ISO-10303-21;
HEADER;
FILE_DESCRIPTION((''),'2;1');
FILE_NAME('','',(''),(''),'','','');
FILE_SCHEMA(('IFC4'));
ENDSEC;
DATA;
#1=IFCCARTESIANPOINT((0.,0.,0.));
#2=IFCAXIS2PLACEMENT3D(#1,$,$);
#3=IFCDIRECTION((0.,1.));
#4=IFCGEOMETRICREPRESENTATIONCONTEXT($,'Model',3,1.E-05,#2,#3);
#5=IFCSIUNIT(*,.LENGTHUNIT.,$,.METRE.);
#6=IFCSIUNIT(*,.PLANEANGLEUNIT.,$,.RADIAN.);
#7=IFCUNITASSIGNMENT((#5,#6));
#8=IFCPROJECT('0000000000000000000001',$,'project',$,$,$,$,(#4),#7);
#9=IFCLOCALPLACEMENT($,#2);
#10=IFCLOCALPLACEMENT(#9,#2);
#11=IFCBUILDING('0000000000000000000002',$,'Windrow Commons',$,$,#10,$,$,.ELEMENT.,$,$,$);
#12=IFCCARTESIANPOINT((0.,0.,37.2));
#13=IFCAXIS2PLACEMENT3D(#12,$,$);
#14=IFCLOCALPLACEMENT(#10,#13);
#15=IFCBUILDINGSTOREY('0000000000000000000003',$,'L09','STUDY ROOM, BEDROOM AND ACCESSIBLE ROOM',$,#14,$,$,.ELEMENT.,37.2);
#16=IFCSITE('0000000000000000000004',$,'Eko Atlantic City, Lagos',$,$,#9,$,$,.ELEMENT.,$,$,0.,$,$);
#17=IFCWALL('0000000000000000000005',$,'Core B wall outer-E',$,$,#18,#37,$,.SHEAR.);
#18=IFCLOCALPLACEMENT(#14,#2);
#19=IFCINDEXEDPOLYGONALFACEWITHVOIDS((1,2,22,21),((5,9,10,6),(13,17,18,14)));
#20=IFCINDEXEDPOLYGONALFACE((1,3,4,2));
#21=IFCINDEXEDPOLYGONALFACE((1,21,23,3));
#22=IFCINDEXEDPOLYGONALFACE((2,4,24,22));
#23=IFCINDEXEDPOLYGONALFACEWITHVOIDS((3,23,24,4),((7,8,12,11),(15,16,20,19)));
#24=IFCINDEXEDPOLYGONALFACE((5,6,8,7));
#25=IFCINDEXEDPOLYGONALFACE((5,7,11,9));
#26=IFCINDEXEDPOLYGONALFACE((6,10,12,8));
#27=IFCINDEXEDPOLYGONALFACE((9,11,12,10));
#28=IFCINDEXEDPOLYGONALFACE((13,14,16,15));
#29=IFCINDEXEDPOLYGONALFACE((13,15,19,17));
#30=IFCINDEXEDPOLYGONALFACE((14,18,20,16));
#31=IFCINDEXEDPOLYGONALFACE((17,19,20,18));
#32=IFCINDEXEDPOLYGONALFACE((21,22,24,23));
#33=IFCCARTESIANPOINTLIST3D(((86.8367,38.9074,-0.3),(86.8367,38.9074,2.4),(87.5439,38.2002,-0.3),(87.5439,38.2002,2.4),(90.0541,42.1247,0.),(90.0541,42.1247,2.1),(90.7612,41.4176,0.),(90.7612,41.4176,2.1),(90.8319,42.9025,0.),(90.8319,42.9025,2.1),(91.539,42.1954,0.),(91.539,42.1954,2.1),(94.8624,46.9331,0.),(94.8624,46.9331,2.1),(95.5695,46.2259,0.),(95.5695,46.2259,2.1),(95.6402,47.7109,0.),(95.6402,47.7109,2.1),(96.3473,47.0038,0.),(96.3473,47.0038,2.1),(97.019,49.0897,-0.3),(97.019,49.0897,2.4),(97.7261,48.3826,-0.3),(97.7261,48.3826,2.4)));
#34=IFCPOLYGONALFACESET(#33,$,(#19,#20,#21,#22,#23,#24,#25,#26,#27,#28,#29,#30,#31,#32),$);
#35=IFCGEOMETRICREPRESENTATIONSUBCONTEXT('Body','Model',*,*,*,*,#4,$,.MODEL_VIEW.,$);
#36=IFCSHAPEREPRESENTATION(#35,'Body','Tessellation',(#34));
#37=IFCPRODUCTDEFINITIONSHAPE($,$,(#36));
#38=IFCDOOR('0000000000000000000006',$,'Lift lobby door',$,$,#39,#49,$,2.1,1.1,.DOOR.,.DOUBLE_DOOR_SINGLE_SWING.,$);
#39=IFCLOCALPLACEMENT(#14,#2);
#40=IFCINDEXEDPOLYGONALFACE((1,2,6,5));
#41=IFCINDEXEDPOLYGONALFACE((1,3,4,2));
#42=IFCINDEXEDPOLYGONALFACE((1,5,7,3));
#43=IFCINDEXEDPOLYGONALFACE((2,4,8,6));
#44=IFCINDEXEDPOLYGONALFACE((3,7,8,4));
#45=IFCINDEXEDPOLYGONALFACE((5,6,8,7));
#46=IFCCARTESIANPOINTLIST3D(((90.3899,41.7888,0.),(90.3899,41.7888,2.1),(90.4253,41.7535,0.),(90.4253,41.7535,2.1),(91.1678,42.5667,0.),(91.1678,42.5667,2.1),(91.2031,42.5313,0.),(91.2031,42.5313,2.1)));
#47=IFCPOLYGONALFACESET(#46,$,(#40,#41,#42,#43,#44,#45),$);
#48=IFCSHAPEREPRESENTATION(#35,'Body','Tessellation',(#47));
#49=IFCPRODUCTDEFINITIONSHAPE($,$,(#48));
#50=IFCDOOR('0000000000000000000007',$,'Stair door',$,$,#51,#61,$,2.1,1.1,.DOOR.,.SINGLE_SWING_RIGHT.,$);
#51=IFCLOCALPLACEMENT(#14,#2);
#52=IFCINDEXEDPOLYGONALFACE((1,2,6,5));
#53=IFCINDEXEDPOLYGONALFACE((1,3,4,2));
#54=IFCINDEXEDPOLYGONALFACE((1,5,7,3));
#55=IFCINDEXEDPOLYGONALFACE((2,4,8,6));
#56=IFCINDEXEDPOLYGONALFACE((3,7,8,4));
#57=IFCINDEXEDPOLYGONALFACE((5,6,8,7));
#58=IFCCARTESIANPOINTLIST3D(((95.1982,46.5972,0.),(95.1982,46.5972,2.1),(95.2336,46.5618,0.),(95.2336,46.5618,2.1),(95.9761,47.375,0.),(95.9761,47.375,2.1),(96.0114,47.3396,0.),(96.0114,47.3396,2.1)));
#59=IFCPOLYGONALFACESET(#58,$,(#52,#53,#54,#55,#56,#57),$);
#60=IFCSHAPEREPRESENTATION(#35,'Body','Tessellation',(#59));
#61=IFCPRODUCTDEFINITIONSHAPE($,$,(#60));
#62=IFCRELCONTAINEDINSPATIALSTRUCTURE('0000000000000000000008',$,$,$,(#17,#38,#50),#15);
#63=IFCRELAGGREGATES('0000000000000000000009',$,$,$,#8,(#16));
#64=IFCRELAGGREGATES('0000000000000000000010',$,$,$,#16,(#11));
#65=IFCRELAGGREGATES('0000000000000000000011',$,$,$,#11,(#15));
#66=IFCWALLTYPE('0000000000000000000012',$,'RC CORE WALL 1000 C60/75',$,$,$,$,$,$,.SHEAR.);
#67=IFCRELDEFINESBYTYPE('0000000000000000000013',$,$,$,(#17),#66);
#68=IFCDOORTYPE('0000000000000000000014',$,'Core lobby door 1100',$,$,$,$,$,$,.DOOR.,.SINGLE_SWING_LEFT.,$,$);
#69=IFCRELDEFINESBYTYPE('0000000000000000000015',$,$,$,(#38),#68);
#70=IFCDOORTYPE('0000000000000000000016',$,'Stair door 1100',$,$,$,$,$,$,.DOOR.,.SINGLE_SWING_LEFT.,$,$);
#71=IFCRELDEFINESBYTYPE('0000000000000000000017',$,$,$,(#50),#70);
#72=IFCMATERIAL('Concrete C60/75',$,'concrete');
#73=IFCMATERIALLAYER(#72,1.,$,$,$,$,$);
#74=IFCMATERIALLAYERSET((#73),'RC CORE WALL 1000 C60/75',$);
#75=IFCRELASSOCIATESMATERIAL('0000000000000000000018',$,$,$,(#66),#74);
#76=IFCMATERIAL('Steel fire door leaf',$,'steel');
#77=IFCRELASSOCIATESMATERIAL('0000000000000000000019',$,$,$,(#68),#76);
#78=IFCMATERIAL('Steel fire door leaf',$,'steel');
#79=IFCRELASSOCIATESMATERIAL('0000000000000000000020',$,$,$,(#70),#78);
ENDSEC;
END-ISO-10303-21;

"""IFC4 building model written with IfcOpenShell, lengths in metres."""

from ifc_helpers import new_model, si_unit, direction, frame, frame_2d, origin, place, context, subcontext, project, spatial, rectangle, extrude, material, layer, layer_set, type_object, element, fill, save


model = new_model("IFC4")

# Units and contexts
model_context = context("Model", 3, precision=1e-05, world=origin(), true_north=direction((0.0, 1.0)))
body_context = subcontext(model_context, "Body", "Model", "MODEL_VIEW")
ifc_project = project(units=[si_unit("LENGTHUNIT", "METRE"), si_unit("PLANEANGLEUNIT", "RADIAN")], contexts=[model_context])

# Site, building, storey
site_placement = place(None, origin())
site = spatial("IfcSite", under=ifc_project, at=site_placement, Name="Eko Atlantic City, Lagos", CompositionType="ELEMENT", RefElevation=0.0)
building_placement = place(site_placement, origin())
building = spatial("IfcBuilding", under=site, at=building_placement, Name="Windrow Commons", CompositionType="ELEMENT")
storey_placement = place(building_placement, frame((0.0, 0.0, 37.2)))
storey = spatial("IfcBuildingStorey", under=building, at=storey_placement, Name="L09", Description="STUDY ROOM, BEDROOM AND ACCESSIBLE ROOM", CompositionType="ELEMENT", Elevation=37.2)

# Wall, openings, doors
ifc_material_1 = material(Name="Concrete C60/75", Category="concrete")
ifc_layer_1 = layer(ifc_material_1, 1.0)
ifc_layer_set_1 = layer_set([ifc_layer_1], Name="RC CORE WALL 1000 C60/75")
wall_type_1 = type_object("IfcWallType", Name="RC CORE WALL 1000 C60/75", PredefinedType="SHEAR", material=ifc_layer_set_1)
wall_1_placement = place(storey_placement, frame((87.1903, 38.5538, -0.3), z_axis=(0.0, 0.0, 1.0), x_axis=(0.707103, 0.70711, 0.0)))
wall_1 = element("IfcWall", 1, at=wall_1_placement, inside=storey, type_object=wall_type_1, Name="Core B wall outer-E", PredefinedType="SHEAR", context=body_context, shape_type="SweptSolid", body=[
    extrude(rectangle(XDim=14.4, YDim=1.0, at=frame_2d((7.2, 0.0))), origin(), (0.0, 0.0, 1.0), 2.7),
])
opening_1_placement = place(wall_1_placement, frame((4.55, 0.0, 0.3)))
opening_1 = element("IfcOpeningElement", 2, at=opening_1_placement, cuts=wall_1, PredefinedType="OPENING", context=body_context, shape_type="SweptSolid", body=[
    extrude(rectangle(XDim=1.1, YDim=2.1, at=frame_2d((0.55, 1.05))), frame((0.0, 0.51, 0.0), z_axis=(0.0, -1.0, 0.0), x_axis=(1.0, 0.0, 0.0)), (0.0, 0.0, 1.0), 1.02),
])
opening_2_placement = place(wall_1_placement, frame((11.35, 0.0, 0.3)))
opening_2 = element("IfcOpeningElement", 3, at=opening_2_placement, cuts=wall_1, PredefinedType="OPENING", context=body_context, shape_type="SweptSolid", body=[
    extrude(rectangle(XDim=1.1, YDim=2.1, at=frame_2d((0.55, 1.05))), frame((0.0, 0.51, 0.0), z_axis=(0.0, -1.0, 0.0), x_axis=(1.0, 0.0, 0.0)), (0.0, 0.0, 1.0), 1.02),
])
ifc_material_2 = material(Name="Steel fire door leaf", Category="steel")
door_type_1 = type_object("IfcDoorType", Name="Core lobby door 1100", OperationType="SINGLE_SWING_LEFT", PredefinedType="DOOR", material=ifc_material_2)
door_1_placement = place(opening_1_placement, origin())
door_1 = element("IfcDoor", 4, at=door_1_placement, inside=storey, type_object=door_type_1, Name="Lift lobby door", OperationType="DOUBLE_DOOR_SINGLE_SWING", OverallHeight=2.1, OverallWidth=1.1, PredefinedType="DOOR", context=body_context, shape_type="SweptSolid", body=[
    extrude(rectangle(XDim=1.1, YDim=2.1, at=frame_2d((0.55, 1.05))), frame((0.0, 0.025, 0.0), z_axis=(0.0, -1.0, 0.0), x_axis=(1.0, 0.0, 0.0)), (0.0, 0.0, 1.0), 0.05),
])
fill(opening_1, door_1)
ifc_material_3 = material(Name="Steel fire door leaf", Category="steel")
door_type_2 = type_object("IfcDoorType", Name="Stair door 1100", OperationType="SINGLE_SWING_LEFT", PredefinedType="DOOR", material=ifc_material_3)
door_2_placement = place(opening_2_placement, origin())
door_2 = element("IfcDoor", 5, at=door_2_placement, inside=storey, type_object=door_type_2, Name="Stair door", OperationType="SINGLE_SWING_RIGHT", OverallHeight=2.1, OverallWidth=1.1, PredefinedType="DOOR", context=body_context, shape_type="SweptSolid", body=[
    extrude(rectangle(XDim=1.1, YDim=2.1, at=frame_2d((0.55, 1.05))), frame((0.0, 0.025, 0.0), z_axis=(0.0, -1.0, 0.0), x_axis=(1.0, 0.0, 0.0)), (0.0, 0.0, 1.0), 0.05),
])
fill(opening_2, door_2)

save(model, "model.ifc")
